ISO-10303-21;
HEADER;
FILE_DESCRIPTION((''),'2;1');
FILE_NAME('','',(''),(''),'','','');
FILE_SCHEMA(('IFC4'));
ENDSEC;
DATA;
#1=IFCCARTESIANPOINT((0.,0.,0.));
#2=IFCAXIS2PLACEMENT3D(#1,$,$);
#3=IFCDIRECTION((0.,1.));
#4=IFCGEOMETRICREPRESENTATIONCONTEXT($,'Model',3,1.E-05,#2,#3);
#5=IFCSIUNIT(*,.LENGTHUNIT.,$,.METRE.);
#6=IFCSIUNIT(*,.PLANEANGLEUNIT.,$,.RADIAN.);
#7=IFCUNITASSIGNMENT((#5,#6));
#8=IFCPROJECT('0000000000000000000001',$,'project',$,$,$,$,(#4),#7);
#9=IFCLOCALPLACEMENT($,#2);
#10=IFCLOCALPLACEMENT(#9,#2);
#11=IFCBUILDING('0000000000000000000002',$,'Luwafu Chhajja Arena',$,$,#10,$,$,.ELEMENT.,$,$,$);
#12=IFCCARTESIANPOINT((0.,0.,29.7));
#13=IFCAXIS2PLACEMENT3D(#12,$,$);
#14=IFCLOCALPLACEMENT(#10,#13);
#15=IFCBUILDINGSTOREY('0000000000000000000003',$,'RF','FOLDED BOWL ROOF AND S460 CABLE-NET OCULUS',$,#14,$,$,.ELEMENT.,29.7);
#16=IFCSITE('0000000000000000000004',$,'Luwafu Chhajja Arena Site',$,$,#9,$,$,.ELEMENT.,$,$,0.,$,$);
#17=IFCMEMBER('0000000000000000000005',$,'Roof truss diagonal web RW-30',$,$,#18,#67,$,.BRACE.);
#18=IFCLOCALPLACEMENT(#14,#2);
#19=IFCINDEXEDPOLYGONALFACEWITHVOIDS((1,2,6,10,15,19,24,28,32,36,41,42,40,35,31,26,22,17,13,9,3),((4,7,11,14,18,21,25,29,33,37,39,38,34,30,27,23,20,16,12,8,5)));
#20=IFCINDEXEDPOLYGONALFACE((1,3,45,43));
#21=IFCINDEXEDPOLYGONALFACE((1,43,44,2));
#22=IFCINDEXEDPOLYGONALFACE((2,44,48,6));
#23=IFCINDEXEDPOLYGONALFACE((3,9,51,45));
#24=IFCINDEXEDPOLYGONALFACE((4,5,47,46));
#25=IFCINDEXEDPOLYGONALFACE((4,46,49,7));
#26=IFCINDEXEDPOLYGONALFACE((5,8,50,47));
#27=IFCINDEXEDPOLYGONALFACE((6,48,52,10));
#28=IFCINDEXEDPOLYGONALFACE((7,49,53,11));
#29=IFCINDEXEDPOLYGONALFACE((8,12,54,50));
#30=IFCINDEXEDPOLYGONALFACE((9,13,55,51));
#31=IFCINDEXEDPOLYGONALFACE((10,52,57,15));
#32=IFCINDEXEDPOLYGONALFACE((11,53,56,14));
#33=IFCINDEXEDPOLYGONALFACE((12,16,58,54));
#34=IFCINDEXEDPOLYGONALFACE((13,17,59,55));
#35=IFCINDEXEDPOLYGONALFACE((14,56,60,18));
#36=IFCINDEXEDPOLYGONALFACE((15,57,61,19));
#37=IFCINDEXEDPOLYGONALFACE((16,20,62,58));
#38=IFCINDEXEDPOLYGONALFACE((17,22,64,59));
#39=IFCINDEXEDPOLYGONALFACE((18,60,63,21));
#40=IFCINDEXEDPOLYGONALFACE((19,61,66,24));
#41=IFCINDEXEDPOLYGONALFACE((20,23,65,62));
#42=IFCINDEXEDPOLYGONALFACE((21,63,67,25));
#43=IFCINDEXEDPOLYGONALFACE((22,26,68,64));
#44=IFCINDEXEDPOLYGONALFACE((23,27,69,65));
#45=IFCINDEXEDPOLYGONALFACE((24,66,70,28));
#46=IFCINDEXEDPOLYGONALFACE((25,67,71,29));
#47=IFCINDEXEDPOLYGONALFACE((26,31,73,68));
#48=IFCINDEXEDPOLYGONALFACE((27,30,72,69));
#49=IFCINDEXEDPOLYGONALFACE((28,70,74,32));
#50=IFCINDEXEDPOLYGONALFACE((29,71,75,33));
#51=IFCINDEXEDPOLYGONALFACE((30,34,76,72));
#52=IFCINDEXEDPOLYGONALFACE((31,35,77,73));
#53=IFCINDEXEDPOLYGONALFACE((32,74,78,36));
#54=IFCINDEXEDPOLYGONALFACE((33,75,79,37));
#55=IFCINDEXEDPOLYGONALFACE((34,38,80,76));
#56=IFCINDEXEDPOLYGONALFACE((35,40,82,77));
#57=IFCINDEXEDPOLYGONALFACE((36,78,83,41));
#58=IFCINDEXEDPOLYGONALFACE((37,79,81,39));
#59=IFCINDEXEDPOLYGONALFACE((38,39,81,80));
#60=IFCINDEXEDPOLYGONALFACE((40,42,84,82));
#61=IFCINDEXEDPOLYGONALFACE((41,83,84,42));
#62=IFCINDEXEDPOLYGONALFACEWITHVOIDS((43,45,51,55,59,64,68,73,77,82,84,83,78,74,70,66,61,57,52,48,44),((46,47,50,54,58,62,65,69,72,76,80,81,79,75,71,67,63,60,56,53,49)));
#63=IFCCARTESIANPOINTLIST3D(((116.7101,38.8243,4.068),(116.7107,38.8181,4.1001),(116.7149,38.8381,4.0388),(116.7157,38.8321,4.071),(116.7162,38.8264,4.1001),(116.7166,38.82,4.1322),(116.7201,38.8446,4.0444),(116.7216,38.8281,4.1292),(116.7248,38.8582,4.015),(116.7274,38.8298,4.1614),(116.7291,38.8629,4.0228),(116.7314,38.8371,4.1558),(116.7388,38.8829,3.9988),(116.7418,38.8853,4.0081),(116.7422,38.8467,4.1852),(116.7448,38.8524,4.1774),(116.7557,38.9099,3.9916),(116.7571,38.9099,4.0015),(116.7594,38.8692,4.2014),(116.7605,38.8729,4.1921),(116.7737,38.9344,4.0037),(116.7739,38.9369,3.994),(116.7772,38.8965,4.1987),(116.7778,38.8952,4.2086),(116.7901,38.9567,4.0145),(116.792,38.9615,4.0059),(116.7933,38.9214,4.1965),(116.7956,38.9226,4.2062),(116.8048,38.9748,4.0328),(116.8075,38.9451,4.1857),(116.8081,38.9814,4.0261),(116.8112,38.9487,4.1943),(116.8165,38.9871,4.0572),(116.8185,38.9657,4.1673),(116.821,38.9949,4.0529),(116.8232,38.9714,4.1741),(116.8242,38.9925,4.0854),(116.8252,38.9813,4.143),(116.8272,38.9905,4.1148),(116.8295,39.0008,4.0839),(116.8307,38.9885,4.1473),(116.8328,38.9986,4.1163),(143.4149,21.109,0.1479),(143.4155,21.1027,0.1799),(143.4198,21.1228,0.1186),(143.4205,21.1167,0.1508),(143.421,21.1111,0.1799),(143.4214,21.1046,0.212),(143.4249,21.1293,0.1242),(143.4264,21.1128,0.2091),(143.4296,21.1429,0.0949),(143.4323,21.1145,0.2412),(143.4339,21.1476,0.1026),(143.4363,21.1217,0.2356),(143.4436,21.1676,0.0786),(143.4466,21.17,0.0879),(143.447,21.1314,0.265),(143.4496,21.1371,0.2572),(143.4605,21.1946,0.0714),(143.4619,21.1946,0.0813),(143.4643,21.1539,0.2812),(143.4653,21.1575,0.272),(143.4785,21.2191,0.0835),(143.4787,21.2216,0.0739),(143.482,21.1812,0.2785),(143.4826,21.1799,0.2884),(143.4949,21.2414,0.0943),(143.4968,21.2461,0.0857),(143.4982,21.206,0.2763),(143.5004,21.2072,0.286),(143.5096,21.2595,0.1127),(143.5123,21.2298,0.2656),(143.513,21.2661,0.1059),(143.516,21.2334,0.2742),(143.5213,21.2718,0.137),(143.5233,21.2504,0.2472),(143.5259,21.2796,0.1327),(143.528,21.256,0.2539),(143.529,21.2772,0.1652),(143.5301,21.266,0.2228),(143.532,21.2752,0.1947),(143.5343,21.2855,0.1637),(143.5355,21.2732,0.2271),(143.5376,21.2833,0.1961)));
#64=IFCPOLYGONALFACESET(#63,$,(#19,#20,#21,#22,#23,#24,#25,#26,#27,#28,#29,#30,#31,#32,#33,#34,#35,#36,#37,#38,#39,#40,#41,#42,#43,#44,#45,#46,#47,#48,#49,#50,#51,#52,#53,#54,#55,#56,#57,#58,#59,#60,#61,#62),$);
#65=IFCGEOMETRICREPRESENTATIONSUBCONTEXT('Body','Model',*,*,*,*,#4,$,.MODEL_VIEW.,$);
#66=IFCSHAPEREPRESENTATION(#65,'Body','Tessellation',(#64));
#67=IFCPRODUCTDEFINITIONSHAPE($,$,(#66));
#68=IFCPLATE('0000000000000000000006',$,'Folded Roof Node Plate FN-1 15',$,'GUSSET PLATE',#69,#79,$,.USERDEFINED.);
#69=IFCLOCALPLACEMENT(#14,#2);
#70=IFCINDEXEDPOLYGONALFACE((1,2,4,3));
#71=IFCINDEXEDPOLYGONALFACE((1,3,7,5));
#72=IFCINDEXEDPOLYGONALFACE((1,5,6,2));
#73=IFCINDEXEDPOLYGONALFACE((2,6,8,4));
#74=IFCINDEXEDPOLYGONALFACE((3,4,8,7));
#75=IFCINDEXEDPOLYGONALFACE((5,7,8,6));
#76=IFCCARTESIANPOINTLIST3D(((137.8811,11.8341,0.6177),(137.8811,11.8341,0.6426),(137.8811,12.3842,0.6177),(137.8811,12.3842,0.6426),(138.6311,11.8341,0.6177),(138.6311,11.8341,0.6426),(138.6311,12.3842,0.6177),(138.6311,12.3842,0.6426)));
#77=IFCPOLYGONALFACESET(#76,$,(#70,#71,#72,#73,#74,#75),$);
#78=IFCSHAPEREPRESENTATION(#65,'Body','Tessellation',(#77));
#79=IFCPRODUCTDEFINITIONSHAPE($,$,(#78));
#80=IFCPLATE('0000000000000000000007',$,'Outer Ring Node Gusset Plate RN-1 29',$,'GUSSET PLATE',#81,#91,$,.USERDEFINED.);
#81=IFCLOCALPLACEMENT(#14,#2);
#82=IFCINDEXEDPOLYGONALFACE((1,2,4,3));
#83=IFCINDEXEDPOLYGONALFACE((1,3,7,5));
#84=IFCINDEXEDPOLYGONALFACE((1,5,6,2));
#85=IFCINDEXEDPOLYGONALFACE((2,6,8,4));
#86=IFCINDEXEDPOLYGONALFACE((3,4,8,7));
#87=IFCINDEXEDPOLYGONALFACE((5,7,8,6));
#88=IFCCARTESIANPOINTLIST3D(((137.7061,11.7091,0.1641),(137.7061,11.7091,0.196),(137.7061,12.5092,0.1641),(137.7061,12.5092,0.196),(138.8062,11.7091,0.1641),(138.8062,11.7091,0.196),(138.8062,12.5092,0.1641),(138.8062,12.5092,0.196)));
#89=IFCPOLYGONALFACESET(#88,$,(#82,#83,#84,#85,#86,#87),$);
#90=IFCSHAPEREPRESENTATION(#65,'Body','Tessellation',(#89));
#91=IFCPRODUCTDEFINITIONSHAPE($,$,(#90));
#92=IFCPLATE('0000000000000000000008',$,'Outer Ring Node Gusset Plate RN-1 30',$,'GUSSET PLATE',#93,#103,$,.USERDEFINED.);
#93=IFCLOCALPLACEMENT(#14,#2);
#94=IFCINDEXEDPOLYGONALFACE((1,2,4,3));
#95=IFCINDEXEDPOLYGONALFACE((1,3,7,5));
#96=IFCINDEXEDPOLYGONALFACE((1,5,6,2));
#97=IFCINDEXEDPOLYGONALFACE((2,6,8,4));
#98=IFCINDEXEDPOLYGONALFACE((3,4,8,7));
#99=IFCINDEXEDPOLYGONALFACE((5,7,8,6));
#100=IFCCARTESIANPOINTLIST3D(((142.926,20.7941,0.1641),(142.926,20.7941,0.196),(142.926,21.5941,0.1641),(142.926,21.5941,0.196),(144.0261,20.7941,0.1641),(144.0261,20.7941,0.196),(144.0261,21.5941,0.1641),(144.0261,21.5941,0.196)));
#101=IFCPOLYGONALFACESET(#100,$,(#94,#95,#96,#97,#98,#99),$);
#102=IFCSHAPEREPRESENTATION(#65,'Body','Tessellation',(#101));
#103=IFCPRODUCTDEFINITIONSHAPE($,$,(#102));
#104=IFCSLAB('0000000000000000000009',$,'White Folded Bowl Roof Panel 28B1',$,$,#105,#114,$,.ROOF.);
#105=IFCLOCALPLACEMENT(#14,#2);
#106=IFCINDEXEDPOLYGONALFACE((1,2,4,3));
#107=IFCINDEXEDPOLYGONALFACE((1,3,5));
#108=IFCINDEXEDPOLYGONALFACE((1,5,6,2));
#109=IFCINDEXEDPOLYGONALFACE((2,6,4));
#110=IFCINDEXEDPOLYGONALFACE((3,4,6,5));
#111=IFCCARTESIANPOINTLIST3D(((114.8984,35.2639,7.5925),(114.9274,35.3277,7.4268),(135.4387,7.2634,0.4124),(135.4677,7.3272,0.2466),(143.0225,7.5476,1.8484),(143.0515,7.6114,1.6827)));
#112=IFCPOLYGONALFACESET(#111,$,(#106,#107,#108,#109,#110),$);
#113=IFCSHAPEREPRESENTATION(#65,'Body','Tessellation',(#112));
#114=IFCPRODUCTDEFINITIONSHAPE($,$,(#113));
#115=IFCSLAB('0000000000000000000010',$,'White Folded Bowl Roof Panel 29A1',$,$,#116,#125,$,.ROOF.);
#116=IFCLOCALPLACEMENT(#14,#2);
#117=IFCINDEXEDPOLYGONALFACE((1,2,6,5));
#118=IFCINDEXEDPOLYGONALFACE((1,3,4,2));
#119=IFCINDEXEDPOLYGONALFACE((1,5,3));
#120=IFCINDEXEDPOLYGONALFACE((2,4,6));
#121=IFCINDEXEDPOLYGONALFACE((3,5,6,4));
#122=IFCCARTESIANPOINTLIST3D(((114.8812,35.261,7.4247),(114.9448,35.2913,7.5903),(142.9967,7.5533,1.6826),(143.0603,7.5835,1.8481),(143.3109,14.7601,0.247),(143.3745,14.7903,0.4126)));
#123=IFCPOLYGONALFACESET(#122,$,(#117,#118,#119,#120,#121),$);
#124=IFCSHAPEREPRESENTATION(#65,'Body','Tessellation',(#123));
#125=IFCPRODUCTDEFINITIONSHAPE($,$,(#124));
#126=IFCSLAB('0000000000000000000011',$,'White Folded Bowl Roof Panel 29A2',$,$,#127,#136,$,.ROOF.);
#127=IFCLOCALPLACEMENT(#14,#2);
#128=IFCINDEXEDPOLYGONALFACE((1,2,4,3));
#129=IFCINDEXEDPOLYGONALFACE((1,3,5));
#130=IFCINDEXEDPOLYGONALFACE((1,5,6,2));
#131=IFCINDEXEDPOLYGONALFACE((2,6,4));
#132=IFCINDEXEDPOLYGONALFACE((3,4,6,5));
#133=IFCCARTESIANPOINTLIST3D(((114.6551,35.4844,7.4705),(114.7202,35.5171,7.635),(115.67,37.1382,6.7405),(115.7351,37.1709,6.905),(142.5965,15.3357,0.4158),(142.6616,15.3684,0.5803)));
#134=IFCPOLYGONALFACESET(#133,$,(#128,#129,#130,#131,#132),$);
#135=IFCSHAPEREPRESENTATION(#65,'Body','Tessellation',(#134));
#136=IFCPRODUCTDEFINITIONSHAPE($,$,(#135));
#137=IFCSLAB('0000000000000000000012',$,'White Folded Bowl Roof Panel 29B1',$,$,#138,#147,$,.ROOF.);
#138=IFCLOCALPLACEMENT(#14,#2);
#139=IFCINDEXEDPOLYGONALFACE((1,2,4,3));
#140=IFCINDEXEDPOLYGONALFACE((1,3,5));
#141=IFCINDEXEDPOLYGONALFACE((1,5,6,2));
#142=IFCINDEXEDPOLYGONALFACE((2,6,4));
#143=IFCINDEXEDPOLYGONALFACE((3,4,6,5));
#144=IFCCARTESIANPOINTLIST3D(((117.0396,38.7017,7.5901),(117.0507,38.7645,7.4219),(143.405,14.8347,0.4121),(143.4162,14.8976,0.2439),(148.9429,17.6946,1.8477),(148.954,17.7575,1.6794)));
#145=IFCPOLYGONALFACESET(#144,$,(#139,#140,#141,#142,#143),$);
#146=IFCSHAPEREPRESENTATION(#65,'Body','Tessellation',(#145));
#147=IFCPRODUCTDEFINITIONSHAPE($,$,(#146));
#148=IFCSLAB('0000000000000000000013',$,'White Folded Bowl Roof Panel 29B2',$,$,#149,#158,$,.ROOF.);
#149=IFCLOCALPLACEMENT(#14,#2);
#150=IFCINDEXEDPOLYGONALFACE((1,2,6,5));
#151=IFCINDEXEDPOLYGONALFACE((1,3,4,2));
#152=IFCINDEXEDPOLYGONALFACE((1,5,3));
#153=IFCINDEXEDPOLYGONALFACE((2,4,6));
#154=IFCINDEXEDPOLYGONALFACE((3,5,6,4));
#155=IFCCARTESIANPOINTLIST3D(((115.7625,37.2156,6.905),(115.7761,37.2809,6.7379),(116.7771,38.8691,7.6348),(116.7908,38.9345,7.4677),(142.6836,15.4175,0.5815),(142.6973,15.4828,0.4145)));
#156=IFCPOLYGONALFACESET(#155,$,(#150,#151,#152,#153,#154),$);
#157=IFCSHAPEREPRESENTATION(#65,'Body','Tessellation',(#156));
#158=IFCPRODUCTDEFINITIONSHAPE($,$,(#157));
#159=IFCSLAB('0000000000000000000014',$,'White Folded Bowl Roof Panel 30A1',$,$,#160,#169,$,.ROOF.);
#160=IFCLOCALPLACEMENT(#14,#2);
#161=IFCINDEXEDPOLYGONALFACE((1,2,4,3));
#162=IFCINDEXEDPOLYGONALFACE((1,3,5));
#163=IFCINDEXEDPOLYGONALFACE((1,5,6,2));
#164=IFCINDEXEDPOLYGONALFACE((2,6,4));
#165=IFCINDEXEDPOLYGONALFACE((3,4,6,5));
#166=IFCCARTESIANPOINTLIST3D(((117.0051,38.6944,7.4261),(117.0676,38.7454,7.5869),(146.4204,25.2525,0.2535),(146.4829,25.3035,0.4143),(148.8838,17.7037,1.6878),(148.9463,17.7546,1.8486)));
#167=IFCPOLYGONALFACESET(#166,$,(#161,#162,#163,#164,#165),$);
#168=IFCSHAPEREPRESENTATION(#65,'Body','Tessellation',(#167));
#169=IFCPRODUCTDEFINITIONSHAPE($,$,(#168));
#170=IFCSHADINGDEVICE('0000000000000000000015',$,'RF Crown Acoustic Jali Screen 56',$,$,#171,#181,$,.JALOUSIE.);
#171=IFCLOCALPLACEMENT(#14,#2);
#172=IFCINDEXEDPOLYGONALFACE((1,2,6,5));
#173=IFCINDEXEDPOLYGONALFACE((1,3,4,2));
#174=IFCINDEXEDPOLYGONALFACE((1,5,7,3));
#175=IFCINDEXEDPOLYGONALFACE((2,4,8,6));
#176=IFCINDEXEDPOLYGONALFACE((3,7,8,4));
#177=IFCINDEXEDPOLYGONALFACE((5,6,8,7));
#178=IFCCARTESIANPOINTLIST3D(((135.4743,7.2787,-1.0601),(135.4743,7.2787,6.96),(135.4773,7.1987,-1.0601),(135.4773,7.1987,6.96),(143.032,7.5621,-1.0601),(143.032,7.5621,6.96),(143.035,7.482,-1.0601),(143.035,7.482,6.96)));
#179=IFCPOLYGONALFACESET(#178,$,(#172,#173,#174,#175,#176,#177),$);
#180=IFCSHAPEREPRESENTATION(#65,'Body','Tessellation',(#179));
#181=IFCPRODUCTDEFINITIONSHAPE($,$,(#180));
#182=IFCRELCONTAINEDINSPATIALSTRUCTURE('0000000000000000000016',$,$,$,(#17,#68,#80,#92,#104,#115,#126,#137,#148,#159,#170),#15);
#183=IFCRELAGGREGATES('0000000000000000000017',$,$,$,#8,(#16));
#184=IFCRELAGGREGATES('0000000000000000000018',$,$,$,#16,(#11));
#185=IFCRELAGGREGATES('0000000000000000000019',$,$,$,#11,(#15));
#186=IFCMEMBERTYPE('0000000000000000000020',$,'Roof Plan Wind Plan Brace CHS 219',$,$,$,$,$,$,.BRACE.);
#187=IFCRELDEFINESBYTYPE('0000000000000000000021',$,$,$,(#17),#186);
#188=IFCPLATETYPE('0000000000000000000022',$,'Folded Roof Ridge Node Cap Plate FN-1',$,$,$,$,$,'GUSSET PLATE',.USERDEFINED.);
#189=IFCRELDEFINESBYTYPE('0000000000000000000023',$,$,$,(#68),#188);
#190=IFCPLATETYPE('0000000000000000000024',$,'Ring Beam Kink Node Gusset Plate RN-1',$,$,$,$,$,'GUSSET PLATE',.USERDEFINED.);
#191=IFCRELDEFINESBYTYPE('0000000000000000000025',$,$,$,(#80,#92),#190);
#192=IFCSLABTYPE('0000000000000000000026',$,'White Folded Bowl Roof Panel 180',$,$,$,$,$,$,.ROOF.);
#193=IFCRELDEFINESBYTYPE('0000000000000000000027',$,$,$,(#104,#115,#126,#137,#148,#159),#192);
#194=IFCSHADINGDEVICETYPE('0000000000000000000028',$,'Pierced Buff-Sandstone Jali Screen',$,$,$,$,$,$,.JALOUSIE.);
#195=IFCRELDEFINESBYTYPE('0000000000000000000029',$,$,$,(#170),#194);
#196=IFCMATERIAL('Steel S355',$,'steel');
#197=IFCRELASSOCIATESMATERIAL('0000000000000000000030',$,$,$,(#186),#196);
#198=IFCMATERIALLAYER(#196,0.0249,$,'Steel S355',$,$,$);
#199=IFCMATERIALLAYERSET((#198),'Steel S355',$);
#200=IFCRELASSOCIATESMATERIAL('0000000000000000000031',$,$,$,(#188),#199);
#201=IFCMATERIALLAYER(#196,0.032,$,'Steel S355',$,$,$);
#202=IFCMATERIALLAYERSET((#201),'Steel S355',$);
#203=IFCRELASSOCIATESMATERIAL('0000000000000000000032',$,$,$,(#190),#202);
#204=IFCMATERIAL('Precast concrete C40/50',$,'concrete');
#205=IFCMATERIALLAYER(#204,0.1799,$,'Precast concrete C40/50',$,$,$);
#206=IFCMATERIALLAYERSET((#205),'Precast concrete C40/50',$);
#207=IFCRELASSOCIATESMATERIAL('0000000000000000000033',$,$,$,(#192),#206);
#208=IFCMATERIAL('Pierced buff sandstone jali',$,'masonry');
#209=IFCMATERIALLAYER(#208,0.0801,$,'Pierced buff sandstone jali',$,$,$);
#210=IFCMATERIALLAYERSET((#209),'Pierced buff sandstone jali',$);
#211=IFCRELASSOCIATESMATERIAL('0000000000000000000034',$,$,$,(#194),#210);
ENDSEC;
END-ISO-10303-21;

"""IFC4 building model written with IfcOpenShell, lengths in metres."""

from ifc_helpers import new_model, si_unit, direction, frame, origin, origin_2d, place, context, subcontext, project, spatial, polyline, rectangle, hollow_circle, outline, extrude, material, layer, layer_set, material_profile, profile_set, type_object, element, save


model = new_model("IFC4")

# Units and contexts
model_context = context("Model", 3, precision=1e-05, world=origin(), true_north=direction((0.0, 1.0)))
body_context = subcontext(model_context, "Body", "Model", "MODEL_VIEW")
ifc_project = project(units=[si_unit("LENGTHUNIT", "METRE"), si_unit("PLANEANGLEUNIT", "RADIAN")], contexts=[model_context])

# Site, building, storey
site_placement = place(None, origin())
site = spatial("IfcSite", under=ifc_project, at=site_placement, Name="Luwafu Chhajja Arena Site", CompositionType="ELEMENT", RefElevation=0.0)
building_placement = place(site_placement, origin())
building = spatial("IfcBuilding", under=site, at=building_placement, Name="Luwafu Chhajja Arena", CompositionType="ELEMENT")
storey_placement = place(building_placement, frame((0.0, 0.0, 29.7)))
storey = spatial("IfcBuildingStorey", under=building, at=storey_placement, Name="RF", Description="FOLDED BOWL ROOF AND S460 CABLE-NET OCULUS", CompositionType="ELEMENT", Elevation=29.7)

# Shared definitions
ifc_material_1 = material(Name="Steel S355", Category="steel")

# Member
ifc_material_profile_1 = material_profile(ifc_material_1, hollow_circle(Radius=0.1096, WallThickness=0.01, at=origin_2d()), Name="CHS 219.1x10")
ifc_profile_set_1 = profile_set([ifc_material_profile_1], Name="Steel S355")
member_type = type_object("IfcMemberType", Name="Roof Plan Wind Plan Brace CHS 219", PredefinedType="BRACE", material=ifc_profile_set_1)
member_1_placement = place(storey_placement, frame((143.4761, 21.1941, 0.1799), z_axis=(-0.827148, 0.54871, 0.121422), x_axis=(-0.5528, -0.833314, 0.0)))
element("IfcMember", 1, at=member_1_placement, inside=storey, type_object=member_type, Name="Roof truss diagonal web RW-30", PredefinedType="BRACE", context=body_context, shape_type="SweptSolid", body=[
    extrude(hollow_circle(Radius=0.1096, WallThickness=0.01, at=origin_2d()), origin(), (0.0, 0.0, 1.0), 32.2854),
])

# Plates
ifc_layer_1 = layer(ifc_material_1, 0.0249, Name="Steel S355")
ifc_layer_set_1 = layer_set([ifc_layer_1], Name="Steel S355")
plate_type_1 = type_object("IfcPlateType", Name="Folded Roof Ridge Node Cap Plate FN-1", ElementType="GUSSET PLATE", PredefinedType="USERDEFINED", material=ifc_layer_set_1)
plate_placement = place(storey_placement, frame((138.2561, 12.1091, 0.6177), z_axis=(0.0, 0.0, 1.0), x_axis=(1.0, 0.0, 0.0)))
element("IfcPlate", 2, at=plate_placement, inside=storey, type_object=plate_type_1, Name="Folded Roof Node Plate FN-1 15", ObjectType="GUSSET PLATE", PredefinedType="USERDEFINED", context=body_context, shape_type="SweptSolid", body=[
    extrude(rectangle(XDim=0.75, YDim=0.55, at=origin_2d()), origin(), (0.0, 0.0, 1.0), 0.0249),
])
ifc_layer_2 = layer(ifc_material_1, 0.032, Name="Steel S355")
ifc_layer_set_2 = layer_set([ifc_layer_2], Name="Steel S355")
plate_type_2 = type_object("IfcPlateType", Name="Ring Beam Kink Node Gusset Plate RN-1", ElementType="GUSSET PLATE", PredefinedType="USERDEFINED", material=ifc_layer_set_2)
for number, where, z_axis, x_axis, name in (
    (3, (138.2561, 12.1091, 0.1641), (0.0, 0.0, 1.0), (1.0, 0.0, 0.0), "Outer Ring Node Gusset Plate RN-1 29"),
    (4, (143.4761, 21.1941, 0.1641), (0.0, 0.0, 1.0), (1.0, 0.0, 0.0), "Outer Ring Node Gusset Plate RN-1 30"),
):
    element("IfcPlate", number, at=place(storey_placement, frame(where, z_axis=z_axis, x_axis=x_axis)), inside=storey, type_object=plate_type_2, Name=name, ObjectType="GUSSET PLATE", PredefinedType="USERDEFINED", context=body_context, shape_type="SweptSolid", body=[
        extrude(rectangle(XDim=1.1001, YDim=0.8, at=origin_2d()), origin(), (0.0, 0.0, 1.0), 0.032),
    ])

# Slabs
ifc_material_2 = material(Name="Precast concrete C40/50", Category="concrete")
ifc_layer_3 = layer(ifc_material_2, 0.1799, Name="Precast concrete C40/50")
ifc_layer_set_3 = layer_set([ifc_layer_3], Name="Precast concrete C40/50")
slab_type = type_object("IfcSlabType", Name="White Folded Bowl Roof Panel 180", PredefinedType="ROOF", material=ifc_layer_set_3)
slab_1_placement = place(storey_placement, frame((135.4387, 7.2634, 0.4124), z_axis=(-0.161137, -0.354404, 0.921104), x_axis=(-0.579235, 0.789613, 0.202481)))
element("IfcSlab", 5, at=slab_1_placement, inside=storey, type_object=slab_type, Name="White Folded Bowl Roof Panel 28B1", PredefinedType="ROOF", context=body_context, shape_type="SweptSolid", body=[
    extrude(outline(polyline([(0.0, 0.0), (35.461, 0.0), (-3.8776, -6.6798), (0.0, 0.0)])), origin(), (0.0, 0.0, -1.0), 0.1799),
])
slab_2_placement = place(storey_placement, frame((143.0603, 7.5835, 1.8481), z_axis=(0.353421, 0.167904, 0.920273), x_axis=(-0.704834, 0.694613, 0.143952)))
element("IfcSlab", 6, at=slab_2_placement, inside=storey, type_object=slab_type, Name="White Folded Bowl Roof Panel 29A1", PredefinedType="ROOF", context=body_context, shape_type="SweptSolid", body=[
    extrude(outline(polyline([(0.0, 0.0), (39.8895, 0.0), (4.5778, -5.7568), (0.0, 0.0)])), origin(), (0.0, 0.0, -1.0), 0.1799),
])
slab_3_placement = place(storey_placement, frame((142.6616, 15.3684, 0.5803), z_axis=(0.361807, 0.18158, 0.914399), x_axis=(-0.794618, 0.573003, 0.200626)))
element("IfcSlab", 7, at=slab_3_placement, inside=storey, type_object=slab_type, Name="White Folded Bowl Roof Panel 29A2", PredefinedType="ROOF", context=body_context, shape_type="SweptSolid", body=[
    extrude(outline(polyline([(0.0, 0.0), (35.1633, 0.0), (35.1581, -2.0731), (0.0, 0.0)])), origin(), (0.0, 0.0, -1.0), 0.1799),
])
slab_4_placement = place(storey_placement, frame((143.405, 14.8347, 0.4121), z_axis=(-0.061857, -0.349501, 0.934892), x_axis=(-0.726707, 0.65784, 0.197845)))
element("IfcSlab", 8, at=slab_4_placement, inside=storey, type_object=slab_type, Name="White Folded Bowl Roof Panel 29B1", PredefinedType="ROOF", context=body_context, shape_type="SweptSolid", body=[
    extrude(outline(polyline([(0.0, 0.0), (36.2807, 0.0), (-1.859, -6.1197), (0.0, 0.0)])), origin(), (0.0, 0.0, -1.0), 0.1799),
])
slab_5_placement = place(storey_placement, frame((142.6836, 15.4175, 0.5815), z_axis=(-0.07596, -0.363196, 0.928611), x_axis=(-0.764543, 0.619051, 0.179583)))
element("IfcSlab", 9, at=slab_5_placement, inside=storey, type_object=slab_type, Name="White Folded Bowl Roof Panel 29B2", PredefinedType="ROOF", context=body_context, shape_type="SweptSolid", body=[
    extrude(outline(polyline([(0.0, 0.0), (35.2121, 0.0), (35.591, -2.0378), (0.0, 0.0)])), origin(), (0.0, 0.0, -1.0), 0.1799),
])
slab_6_placement = place(storey_placement, frame((148.9463, 17.7546, 1.8486), z_axis=(0.347396, 0.283216, 0.893927), x_axis=(-0.82592, 0.543833, 0.148669)))
element("IfcSlab", 10, at=slab_6_placement, inside=storey, type_object=slab_type, Name="White Folded Bowl Roof Panel 30A1", PredefinedType="ROOF", context=body_context, shape_type="SweptSolid", body=[
    extrude(outline(polyline([(0.0, 0.0), (38.5978, 0.0), (5.9266, -5.4759), (0.0, 0.0)])), origin(), (0.0, 0.0, -1.0), 0.1799),
])

# Shading device
ifc_material_3 = material(Name="Pierced buff sandstone jali", Category="masonry")
ifc_layer_4 = layer(ifc_material_3, 0.0801, Name="Pierced buff sandstone jali")
ifc_layer_set_4 = layer_set([ifc_layer_4], Name="Pierced buff sandstone jali")
shading_device_type = type_object("IfcShadingDeviceType", Name="Pierced Buff-Sandstone Jali Screen", PredefinedType="JALOUSIE", material=ifc_layer_set_4)
shading_device_1_placement = place(storey_placement, frame((139.2546, 7.3804, -1.0601), z_axis=(0.0, 0.0, 1.0), x_axis=(0.999298, 0.037465, 0.0)))
element("IfcShadingDevice", 11, at=shading_device_1_placement, inside=storey, type_object=shading_device_type, Name="RF Crown Acoustic Jali Screen 56", PredefinedType="JALOUSIE", context=body_context, shape_type="SweptSolid", body=[
    extrude(rectangle(XDim=7.563, YDim=0.0801, at=origin_2d()), origin(), (0.0, 0.0, 1.0), 8.02),
])

save(model, "model.ifc")
